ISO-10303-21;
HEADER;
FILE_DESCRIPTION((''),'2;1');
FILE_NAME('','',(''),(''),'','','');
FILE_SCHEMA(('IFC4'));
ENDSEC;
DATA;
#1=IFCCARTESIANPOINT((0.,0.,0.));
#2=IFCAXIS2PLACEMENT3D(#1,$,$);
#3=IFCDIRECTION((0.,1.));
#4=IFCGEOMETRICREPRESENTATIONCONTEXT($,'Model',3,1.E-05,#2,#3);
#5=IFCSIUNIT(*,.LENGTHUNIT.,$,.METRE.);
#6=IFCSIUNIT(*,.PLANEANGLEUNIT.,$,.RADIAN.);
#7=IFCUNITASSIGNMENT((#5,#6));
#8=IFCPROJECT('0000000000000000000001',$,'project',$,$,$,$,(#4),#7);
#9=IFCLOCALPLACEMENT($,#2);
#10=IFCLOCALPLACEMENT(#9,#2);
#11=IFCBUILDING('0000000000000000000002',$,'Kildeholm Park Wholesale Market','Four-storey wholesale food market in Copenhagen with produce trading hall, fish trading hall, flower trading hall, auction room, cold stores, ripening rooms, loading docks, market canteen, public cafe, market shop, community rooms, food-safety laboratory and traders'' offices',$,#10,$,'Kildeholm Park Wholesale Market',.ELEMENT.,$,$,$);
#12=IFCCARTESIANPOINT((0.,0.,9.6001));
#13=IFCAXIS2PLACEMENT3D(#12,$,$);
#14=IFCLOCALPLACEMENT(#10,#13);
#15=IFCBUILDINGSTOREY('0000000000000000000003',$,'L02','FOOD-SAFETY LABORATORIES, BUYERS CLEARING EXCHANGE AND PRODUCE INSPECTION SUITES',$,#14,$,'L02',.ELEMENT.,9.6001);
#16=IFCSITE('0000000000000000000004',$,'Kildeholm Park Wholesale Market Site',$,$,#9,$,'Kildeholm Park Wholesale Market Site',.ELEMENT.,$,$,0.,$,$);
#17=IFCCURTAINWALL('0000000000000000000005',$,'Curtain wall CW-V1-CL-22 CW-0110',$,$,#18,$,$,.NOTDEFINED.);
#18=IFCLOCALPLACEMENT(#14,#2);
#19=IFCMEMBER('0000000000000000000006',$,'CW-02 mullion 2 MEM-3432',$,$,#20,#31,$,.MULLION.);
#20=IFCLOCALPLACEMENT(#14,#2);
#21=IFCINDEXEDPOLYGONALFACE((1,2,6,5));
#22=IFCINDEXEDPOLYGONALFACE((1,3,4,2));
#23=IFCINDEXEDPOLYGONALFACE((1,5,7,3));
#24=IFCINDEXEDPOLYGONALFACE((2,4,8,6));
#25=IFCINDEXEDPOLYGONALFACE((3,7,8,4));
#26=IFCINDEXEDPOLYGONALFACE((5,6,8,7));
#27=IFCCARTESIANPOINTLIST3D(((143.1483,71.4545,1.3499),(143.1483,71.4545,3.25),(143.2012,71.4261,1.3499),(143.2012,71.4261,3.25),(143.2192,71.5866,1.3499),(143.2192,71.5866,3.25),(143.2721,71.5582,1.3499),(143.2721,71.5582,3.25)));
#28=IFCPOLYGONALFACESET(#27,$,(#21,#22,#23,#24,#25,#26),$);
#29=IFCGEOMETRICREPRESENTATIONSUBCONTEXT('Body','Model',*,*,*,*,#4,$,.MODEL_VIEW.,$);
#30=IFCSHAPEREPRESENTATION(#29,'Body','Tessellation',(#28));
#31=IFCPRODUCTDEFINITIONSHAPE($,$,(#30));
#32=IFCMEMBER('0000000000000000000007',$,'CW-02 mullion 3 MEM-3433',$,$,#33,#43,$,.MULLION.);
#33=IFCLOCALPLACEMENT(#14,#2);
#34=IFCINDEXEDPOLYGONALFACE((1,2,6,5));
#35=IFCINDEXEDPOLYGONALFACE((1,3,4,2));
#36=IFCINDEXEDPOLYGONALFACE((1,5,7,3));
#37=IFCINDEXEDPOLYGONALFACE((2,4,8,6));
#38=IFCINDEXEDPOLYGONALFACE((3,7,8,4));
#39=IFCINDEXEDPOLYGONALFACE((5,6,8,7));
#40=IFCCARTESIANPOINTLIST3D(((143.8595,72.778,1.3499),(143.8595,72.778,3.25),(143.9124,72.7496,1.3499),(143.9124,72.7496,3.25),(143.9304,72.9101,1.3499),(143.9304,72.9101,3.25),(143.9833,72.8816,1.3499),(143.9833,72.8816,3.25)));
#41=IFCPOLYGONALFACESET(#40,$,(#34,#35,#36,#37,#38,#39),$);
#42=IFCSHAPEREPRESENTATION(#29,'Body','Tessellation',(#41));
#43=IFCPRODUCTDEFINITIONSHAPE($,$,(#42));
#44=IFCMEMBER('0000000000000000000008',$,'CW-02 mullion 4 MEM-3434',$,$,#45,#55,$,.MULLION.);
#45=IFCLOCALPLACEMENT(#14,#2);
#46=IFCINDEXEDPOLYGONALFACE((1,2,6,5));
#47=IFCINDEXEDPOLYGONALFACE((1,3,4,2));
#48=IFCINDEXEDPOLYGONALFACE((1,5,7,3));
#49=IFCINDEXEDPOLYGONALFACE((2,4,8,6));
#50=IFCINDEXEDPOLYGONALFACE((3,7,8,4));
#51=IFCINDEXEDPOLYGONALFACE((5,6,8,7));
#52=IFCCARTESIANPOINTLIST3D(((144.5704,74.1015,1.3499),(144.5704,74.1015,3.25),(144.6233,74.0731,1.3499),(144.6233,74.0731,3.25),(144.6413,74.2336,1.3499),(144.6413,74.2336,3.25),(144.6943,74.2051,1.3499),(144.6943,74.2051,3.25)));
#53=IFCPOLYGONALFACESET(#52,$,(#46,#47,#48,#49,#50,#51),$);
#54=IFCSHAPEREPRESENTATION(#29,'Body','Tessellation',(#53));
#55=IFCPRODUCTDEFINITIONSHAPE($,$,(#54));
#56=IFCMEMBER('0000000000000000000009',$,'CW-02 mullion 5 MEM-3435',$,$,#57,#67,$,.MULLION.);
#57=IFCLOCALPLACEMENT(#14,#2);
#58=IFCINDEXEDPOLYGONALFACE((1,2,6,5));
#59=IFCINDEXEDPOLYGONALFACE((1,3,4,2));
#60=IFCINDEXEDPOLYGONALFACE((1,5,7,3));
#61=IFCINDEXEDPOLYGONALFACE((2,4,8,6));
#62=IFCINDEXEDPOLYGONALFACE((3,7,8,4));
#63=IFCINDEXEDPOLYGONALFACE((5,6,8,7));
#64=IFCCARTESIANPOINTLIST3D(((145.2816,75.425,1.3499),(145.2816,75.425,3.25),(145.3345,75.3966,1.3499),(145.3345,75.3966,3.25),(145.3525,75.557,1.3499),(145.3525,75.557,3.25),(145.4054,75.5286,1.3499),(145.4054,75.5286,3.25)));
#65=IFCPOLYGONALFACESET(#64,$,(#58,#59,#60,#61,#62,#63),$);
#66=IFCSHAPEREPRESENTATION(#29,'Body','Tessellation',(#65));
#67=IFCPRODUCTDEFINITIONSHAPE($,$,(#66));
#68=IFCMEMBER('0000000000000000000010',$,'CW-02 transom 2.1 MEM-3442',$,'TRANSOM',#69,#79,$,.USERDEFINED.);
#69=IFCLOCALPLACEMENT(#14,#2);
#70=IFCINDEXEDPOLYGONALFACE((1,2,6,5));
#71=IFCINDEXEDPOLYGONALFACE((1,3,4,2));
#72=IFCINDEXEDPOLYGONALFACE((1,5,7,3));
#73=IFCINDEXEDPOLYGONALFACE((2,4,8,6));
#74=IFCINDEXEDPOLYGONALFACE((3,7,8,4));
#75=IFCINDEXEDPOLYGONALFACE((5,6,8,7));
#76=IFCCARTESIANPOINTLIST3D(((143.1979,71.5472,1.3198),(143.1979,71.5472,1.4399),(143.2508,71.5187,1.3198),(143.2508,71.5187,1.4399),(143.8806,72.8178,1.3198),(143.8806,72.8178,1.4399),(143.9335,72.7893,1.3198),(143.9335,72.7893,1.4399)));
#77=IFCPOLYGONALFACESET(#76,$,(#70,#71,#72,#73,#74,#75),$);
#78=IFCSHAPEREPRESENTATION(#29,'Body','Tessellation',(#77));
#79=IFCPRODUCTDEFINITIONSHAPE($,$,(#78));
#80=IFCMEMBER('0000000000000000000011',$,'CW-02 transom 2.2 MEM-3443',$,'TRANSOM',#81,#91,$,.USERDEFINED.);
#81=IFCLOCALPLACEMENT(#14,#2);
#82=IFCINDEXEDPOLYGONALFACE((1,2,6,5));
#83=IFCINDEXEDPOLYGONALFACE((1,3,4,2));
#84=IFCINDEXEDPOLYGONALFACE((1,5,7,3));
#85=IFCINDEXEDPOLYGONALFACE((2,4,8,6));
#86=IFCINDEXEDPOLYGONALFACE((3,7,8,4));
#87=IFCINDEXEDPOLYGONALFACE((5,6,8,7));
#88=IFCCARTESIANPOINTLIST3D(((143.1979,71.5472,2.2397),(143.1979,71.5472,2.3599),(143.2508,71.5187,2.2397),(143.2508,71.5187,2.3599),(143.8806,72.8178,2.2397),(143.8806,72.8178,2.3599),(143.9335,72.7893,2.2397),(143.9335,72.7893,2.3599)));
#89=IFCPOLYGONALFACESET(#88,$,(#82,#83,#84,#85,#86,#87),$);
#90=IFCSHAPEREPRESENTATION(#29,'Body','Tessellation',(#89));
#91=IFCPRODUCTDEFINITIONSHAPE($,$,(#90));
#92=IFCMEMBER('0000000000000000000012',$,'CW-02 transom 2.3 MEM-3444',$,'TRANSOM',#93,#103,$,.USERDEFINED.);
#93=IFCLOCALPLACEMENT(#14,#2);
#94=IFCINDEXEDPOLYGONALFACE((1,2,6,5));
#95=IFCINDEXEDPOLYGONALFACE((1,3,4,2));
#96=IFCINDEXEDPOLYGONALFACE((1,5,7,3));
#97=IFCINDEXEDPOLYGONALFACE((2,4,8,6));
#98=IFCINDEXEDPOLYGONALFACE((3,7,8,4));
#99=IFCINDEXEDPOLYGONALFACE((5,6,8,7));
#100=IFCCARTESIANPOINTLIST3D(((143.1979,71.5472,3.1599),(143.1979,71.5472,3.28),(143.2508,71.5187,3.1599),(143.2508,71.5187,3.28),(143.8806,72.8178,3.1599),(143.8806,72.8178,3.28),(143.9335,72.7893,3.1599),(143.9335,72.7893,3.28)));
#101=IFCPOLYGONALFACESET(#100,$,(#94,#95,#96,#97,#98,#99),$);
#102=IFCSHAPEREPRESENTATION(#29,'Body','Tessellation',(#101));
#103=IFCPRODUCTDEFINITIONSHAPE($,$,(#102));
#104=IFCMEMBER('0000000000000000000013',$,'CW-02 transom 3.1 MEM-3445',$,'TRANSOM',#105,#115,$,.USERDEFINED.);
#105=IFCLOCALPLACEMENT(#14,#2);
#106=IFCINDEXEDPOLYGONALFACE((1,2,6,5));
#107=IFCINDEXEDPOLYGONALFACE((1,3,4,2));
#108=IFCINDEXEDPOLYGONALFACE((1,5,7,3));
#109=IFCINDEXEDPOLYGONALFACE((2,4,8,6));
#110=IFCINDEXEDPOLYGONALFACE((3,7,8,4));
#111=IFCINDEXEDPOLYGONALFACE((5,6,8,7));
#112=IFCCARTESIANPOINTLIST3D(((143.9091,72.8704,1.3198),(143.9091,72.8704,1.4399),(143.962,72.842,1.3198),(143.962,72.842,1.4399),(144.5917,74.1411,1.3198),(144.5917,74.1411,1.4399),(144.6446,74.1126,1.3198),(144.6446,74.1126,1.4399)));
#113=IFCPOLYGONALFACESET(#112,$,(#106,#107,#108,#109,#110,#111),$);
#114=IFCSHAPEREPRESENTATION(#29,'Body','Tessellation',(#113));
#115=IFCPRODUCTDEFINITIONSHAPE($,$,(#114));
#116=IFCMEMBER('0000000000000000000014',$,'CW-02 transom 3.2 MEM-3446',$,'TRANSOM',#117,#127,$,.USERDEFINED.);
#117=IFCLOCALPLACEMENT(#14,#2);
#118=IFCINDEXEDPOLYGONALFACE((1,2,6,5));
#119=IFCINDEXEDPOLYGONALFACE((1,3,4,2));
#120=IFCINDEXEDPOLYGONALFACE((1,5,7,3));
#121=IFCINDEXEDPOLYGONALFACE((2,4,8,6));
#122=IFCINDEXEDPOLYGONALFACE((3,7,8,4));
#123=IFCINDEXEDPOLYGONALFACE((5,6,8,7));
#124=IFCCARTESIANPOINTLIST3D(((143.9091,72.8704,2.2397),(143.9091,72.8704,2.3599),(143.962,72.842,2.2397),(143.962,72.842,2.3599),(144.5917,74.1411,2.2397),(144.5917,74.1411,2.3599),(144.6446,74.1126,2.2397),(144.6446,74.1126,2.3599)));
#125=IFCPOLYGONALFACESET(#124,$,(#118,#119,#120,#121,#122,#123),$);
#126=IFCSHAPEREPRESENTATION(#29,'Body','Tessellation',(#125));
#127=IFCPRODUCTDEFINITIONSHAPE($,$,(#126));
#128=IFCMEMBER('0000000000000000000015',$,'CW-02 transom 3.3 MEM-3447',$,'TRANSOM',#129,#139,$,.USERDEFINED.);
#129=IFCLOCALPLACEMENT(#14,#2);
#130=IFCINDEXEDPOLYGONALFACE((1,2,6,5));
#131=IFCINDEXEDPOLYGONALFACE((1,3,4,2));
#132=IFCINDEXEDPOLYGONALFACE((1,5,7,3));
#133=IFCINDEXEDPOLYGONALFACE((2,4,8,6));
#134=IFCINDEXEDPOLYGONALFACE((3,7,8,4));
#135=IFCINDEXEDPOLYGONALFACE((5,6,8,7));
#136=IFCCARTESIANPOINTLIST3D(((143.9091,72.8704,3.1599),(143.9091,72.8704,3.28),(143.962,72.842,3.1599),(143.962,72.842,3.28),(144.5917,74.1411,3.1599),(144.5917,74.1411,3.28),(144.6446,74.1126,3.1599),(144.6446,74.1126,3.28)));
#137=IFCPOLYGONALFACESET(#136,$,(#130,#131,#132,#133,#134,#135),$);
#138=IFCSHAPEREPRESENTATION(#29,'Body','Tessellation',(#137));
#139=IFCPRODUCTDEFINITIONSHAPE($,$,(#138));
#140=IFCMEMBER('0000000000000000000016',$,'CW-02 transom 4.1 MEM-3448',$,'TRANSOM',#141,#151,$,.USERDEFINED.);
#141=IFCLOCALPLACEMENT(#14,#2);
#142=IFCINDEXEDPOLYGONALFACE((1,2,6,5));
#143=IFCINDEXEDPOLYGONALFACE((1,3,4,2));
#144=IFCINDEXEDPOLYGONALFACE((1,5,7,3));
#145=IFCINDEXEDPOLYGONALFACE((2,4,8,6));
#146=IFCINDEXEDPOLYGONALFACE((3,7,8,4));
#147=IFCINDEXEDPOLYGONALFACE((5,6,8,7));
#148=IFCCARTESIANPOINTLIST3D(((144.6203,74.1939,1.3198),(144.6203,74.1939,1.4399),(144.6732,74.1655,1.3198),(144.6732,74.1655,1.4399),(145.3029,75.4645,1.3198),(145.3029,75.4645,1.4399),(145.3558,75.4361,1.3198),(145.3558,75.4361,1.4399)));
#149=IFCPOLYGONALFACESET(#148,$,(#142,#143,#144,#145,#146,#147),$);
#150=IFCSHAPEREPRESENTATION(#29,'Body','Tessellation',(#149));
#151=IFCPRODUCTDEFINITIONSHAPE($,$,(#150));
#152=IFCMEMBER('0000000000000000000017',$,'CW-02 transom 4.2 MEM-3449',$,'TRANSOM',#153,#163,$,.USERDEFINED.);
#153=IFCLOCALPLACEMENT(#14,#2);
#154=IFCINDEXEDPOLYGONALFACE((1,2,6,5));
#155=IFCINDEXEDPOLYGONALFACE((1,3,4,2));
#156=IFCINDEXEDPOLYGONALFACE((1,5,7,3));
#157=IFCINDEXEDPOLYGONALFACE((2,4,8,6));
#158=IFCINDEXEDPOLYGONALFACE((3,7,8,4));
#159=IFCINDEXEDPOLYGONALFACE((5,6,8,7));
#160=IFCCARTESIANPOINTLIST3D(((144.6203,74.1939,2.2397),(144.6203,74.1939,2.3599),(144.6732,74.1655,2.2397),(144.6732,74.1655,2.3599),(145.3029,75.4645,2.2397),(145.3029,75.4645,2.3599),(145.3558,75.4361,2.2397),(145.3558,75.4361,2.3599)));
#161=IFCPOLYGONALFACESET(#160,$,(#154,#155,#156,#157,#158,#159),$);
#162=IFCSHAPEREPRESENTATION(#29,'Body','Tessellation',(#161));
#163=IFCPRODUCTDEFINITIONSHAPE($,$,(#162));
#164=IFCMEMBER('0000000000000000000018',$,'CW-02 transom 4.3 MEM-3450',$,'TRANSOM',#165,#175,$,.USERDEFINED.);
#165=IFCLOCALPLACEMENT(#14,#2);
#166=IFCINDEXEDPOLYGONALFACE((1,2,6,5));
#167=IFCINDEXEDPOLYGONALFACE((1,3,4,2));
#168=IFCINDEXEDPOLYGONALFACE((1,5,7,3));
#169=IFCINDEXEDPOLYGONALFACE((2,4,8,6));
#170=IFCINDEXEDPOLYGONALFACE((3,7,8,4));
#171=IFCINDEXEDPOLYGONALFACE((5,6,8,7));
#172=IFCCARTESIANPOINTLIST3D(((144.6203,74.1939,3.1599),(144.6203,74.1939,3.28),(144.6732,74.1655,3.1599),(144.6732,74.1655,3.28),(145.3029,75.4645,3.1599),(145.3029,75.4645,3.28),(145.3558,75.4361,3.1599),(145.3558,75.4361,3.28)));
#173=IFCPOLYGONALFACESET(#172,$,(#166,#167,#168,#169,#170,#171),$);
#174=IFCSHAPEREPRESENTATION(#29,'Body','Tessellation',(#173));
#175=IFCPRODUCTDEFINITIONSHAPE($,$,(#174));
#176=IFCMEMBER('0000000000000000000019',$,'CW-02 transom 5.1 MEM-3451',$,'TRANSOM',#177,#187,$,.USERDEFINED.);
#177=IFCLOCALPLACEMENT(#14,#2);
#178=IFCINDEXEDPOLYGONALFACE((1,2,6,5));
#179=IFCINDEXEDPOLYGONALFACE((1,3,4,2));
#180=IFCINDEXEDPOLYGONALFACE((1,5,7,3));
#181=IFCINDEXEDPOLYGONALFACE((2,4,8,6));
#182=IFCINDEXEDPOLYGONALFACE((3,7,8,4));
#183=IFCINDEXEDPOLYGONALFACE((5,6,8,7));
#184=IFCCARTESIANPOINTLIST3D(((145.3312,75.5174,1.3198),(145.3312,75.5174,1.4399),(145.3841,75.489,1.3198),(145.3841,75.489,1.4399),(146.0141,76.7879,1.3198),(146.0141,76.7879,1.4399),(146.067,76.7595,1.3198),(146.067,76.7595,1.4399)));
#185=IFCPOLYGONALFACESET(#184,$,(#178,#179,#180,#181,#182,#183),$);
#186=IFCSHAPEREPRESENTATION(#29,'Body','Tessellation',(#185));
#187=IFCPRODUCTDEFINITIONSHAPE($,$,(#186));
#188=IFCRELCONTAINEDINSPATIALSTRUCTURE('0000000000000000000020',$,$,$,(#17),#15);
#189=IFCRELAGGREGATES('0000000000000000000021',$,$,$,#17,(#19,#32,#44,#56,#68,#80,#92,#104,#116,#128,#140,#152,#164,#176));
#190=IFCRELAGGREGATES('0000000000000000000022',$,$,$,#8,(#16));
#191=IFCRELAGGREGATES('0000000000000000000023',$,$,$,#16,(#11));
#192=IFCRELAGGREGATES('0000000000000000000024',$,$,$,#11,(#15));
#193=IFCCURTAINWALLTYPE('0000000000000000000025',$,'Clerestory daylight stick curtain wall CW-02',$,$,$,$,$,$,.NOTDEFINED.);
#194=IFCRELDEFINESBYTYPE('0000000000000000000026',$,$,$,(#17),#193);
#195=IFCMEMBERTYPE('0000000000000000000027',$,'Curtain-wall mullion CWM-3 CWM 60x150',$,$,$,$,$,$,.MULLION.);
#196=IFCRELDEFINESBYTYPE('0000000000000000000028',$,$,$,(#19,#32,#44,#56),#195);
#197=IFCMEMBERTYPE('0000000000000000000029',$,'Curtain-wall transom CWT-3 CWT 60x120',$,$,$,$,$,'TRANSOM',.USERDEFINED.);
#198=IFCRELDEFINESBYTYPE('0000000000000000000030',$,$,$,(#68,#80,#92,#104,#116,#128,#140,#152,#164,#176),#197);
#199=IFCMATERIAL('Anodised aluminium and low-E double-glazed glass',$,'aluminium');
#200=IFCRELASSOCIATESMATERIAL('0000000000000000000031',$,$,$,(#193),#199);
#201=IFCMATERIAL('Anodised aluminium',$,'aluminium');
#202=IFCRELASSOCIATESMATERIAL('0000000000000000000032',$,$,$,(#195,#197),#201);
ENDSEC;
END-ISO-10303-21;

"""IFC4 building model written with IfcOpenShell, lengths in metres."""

from ifc_helpers import new_model, si_unit, direction, frame, origin, origin_2d, place, context, subcontext, project, spatial, rectangle, extrude, material, material_profile, profile_set, type_object, element, aggregate, save


model = new_model("IFC4")

# Units and contexts
model_context = context("Model", 3, precision=1e-05, world=origin(), true_north=direction((0.0, 1.0)))
body_context = subcontext(model_context, "Body", "Model", "MODEL_VIEW")
ifc_project = project(units=[si_unit("LENGTHUNIT", "METRE"), si_unit("PLANEANGLEUNIT", "RADIAN")], contexts=[model_context])

# Site, building, storey
site_placement = place(None, origin())
site = spatial("IfcSite", under=ifc_project, at=site_placement, Name="Kildeholm Park Wholesale Market Site", LongName="Kildeholm Park Wholesale Market Site", CompositionType="ELEMENT", RefElevation=0.0)
building_placement = place(site_placement, origin())
building = spatial("IfcBuilding", under=site, at=building_placement, Name="Kildeholm Park Wholesale Market", Description="Four-storey wholesale food market in Copenhagen with produce trading hall, fish trading hall, flower trading hall, auction room, cold stores, ripening rooms, loading docks, market canteen, public cafe, market shop, community rooms, food-safety laboratory and traders' offices", LongName="Kildeholm Park Wholesale Market", CompositionType="ELEMENT")
storey_placement = place(building_placement, frame((0.0, 0.0, 9.6001)))
storey = spatial("IfcBuildingStorey", under=building, at=storey_placement, Name="L02", Description="FOOD-SAFETY LABORATORIES, BUYERS CLEARING EXCHANGE AND PRODUCE INSPECTION SUITES", LongName="L02", CompositionType="ELEMENT", Elevation=9.6001)

# Curtain wall, members
ifc_material_1 = material(Name="Anodised aluminium and low-E double-glazed glass", Category="aluminium")
curtain_wall_type = type_object("IfcCurtainWallType", Name="Clerestory daylight stick curtain wall CW-02", PredefinedType="NOTDEFINED", material=ifc_material_1)
curtain_wall_placement = place(storey_placement, origin())
curtain_wall = element("IfcCurtainWall", 1, at=curtain_wall_placement, inside=storey, type_object=curtain_wall_type, Name="Curtain wall CW-V1-CL-22 CW-0110", PredefinedType="NOTDEFINED")
ifc_material_2 = material(Name="Anodised aluminium", Category="aluminium")
ifc_material_profile_1 = material_profile(ifc_material_2, rectangle(XDim=0.0601, YDim=0.1499, at=origin_2d()), Name="CWM 60x150")
ifc_profile_set_1 = profile_set([ifc_material_profile_1], Name="Anodised aluminium")
member_type_1 = type_object("IfcMemberType", Name="Curtain-wall mullion CWM-3 CWM 60x150", PredefinedType="MULLION", material=ifc_profile_set_1)
member_1_placement = place(storey_placement, frame((143.2102, 71.5063, 1.3499), z_axis=(0.0, 0.0, 1.0), x_axis=(-0.88088, 0.47334, 0.0)))
member_1 = element("IfcMember", 2, at=member_1_placement, type_object=member_type_1, Name="CW-02 mullion 2 MEM-3432", PredefinedType="MULLION", context=body_context, shape_type="SweptSolid", body=[
    extrude(rectangle(XDim=0.0601, YDim=0.1499, at=origin_2d()), origin(), (0.0, 0.0, 1.0), 1.9001),
])
member_2_placement = place(storey_placement, frame((143.9214, 72.8298, 1.3499), z_axis=(0.0, 0.0, 1.0), x_axis=(-0.88088, 0.47334, 0.0)))
member_2 = element("IfcMember", 3, at=member_2_placement, type_object=member_type_1, Name="CW-02 mullion 3 MEM-3433", PredefinedType="MULLION", context=body_context, shape_type="SweptSolid", body=[
    extrude(rectangle(XDim=0.0601, YDim=0.1499, at=origin_2d()), origin(), (0.0, 0.0, 1.0), 1.9001),
])
member_3_placement = place(storey_placement, frame((144.6323, 74.1533, 1.3499), z_axis=(0.0, 0.0, 1.0), x_axis=(-0.88088, 0.47334, 0.0)))
member_3 = element("IfcMember", 4, at=member_3_placement, type_object=member_type_1, Name="CW-02 mullion 4 MEM-3434", PredefinedType="MULLION", context=body_context, shape_type="SweptSolid", body=[
    extrude(rectangle(XDim=0.0601, YDim=0.1499, at=origin_2d()), origin(), (0.0, 0.0, 1.0), 1.9001),
])
member_4_placement = place(storey_placement, frame((145.3435, 75.4768, 1.3499), z_axis=(0.0, 0.0, 1.0), x_axis=(-0.88088, 0.47334, 0.0)))
member_4 = element("IfcMember", 5, at=member_4_placement, type_object=member_type_1, Name="CW-02 mullion 5 MEM-3435", PredefinedType="MULLION", context=body_context, shape_type="SweptSolid", body=[
    extrude(rectangle(XDim=0.0601, YDim=0.1499, at=origin_2d()), origin(), (0.0, 0.0, 1.0), 1.9001),
])
ifc_material_profile_2 = material_profile(ifc_material_2, rectangle(XDim=0.0601, YDim=0.1201, at=origin_2d()), Name="CWT 60x120")
ifc_profile_set_2 = profile_set([ifc_material_profile_2], Name="Anodised aluminium")
member_type_2 = type_object("IfcMemberType", Name="Curtain-wall transom CWT-3 CWT 60x120", ElementType="TRANSOM", PredefinedType="USERDEFINED", material=ifc_profile_set_2)
member_5_placement = place(storey_placement, frame((143.2244, 71.533, 1.3799), z_axis=(0.473292, 0.880906, 0.0), x_axis=(-0.880906, 0.473292, 0.0)))
member_5 = element("IfcMember", 6, at=member_5_placement, type_object=member_type_2, Name="CW-02 transom 2.1 MEM-3442", ObjectType="TRANSOM", PredefinedType="USERDEFINED", context=body_context, shape_type="SweptSolid", body=[
    extrude(rectangle(XDim=0.0601, YDim=0.1201, at=origin_2d()), origin(), (0.0, 0.0, 1.0), 1.4424),
])
member_6_placement = place(storey_placement, frame((143.2244, 71.533, 2.2998), z_axis=(0.473292, 0.880906, 0.0), x_axis=(-0.880906, 0.473292, 0.0)))
member_6 = element("IfcMember", 7, at=member_6_placement, type_object=member_type_2, Name="CW-02 transom 2.2 MEM-3443", ObjectType="TRANSOM", PredefinedType="USERDEFINED", context=body_context, shape_type="SweptSolid", body=[
    extrude(rectangle(XDim=0.0601, YDim=0.1201, at=origin_2d()), origin(), (0.0, 0.0, 1.0), 1.4424),
])
member_7_placement = place(storey_placement, frame((143.2244, 71.533, 3.22), z_axis=(0.473292, 0.880906, 0.0), x_axis=(-0.880906, 0.473292, 0.0)))
member_7 = element("IfcMember", 8, at=member_7_placement, type_object=member_type_2, Name="CW-02 transom 2.3 MEM-3444", ObjectType="TRANSOM", PredefinedType="USERDEFINED", context=body_context, shape_type="SweptSolid", body=[
    extrude(rectangle(XDim=0.0601, YDim=0.1201, at=origin_2d()), origin(), (0.0, 0.0, 1.0), 1.4424),
])
member_8_placement = place(storey_placement, frame((143.9355, 72.8562, 1.3799), z_axis=(0.473222, 0.880943, 0.0), x_axis=(-0.880943, 0.473222, 0.0)))
member_8 = element("IfcMember", 9, at=member_8_placement, type_object=member_type_2, Name="CW-02 transom 3.1 MEM-3445", ObjectType="TRANSOM", PredefinedType="USERDEFINED", context=body_context, shape_type="SweptSolid", body=[
    extrude(rectangle(XDim=0.0601, YDim=0.1201, at=origin_2d()), origin(), (0.0, 0.0, 1.0), 1.4424),
])
member_9_placement = place(storey_placement, frame((143.9355, 72.8562, 2.2998), z_axis=(0.473222, 0.880943, 0.0), x_axis=(-0.880943, 0.473222, 0.0)))
member_9 = element("IfcMember", 10, at=member_9_placement, type_object=member_type_2, Name="CW-02 transom 3.2 MEM-3446", ObjectType="TRANSOM", PredefinedType="USERDEFINED", context=body_context, shape_type="SweptSolid", body=[
    extrude(rectangle(XDim=0.0601, YDim=0.1201, at=origin_2d()), origin(), (0.0, 0.0, 1.0), 1.4424),
])
member_10_placement = place(storey_placement, frame((143.9355, 72.8562, 3.22), z_axis=(0.473222, 0.880943, 0.0), x_axis=(-0.880943, 0.473222, 0.0)))
member_10 = element("IfcMember", 11, at=member_10_placement, type_object=member_type_2, Name="CW-02 transom 3.3 MEM-3447", ObjectType="TRANSOM", PredefinedType="USERDEFINED", context=body_context, shape_type="SweptSolid", body=[
    extrude(rectangle(XDim=0.0601, YDim=0.1201, at=origin_2d()), origin(), (0.0, 0.0, 1.0), 1.4424),
])
member_11_placement = place(storey_placement, frame((144.6467, 74.1797, 1.3799), z_axis=(0.473292, 0.880906, 0.0), x_axis=(-0.880906, 0.473292, 0.0)))
member_11 = element("IfcMember", 12, at=member_11_placement, type_object=member_type_2, Name="CW-02 transom 4.1 MEM-3448", ObjectType="TRANSOM", PredefinedType="USERDEFINED", context=body_context, shape_type="SweptSolid", body=[
    extrude(rectangle(XDim=0.0601, YDim=0.1201, at=origin_2d()), origin(), (0.0, 0.0, 1.0), 1.4424),
])
member_12_placement = place(storey_placement, frame((144.6467, 74.1797, 2.2998), z_axis=(0.473292, 0.880906, 0.0), x_axis=(-0.880906, 0.473292, 0.0)))
member_12 = element("IfcMember", 13, at=member_12_placement, type_object=member_type_2, Name="CW-02 transom 4.2 MEM-3449", ObjectType="TRANSOM", PredefinedType="USERDEFINED", context=body_context, shape_type="SweptSolid", body=[
    extrude(rectangle(XDim=0.0601, YDim=0.1201, at=origin_2d()), origin(), (0.0, 0.0, 1.0), 1.4424),
])
member_13_placement = place(storey_placement, frame((144.6467, 74.1797, 3.22), z_axis=(0.473292, 0.880906, 0.0), x_axis=(-0.880906, 0.473292, 0.0)))
member_13 = element("IfcMember", 14, at=member_13_placement, type_object=member_type_2, Name="CW-02 transom 4.3 MEM-3450", ObjectType="TRANSOM", PredefinedType="USERDEFINED", context=body_context, shape_type="SweptSolid", body=[
    extrude(rectangle(XDim=0.0601, YDim=0.1201, at=origin_2d()), origin(), (0.0, 0.0, 1.0), 1.4424),
])
member_14_placement = place(storey_placement, frame((145.3577, 75.5032, 1.3799), z_axis=(0.473423, 0.880835, 0.0), x_axis=(-0.880835, 0.473423, 0.0)))
member_14 = element("IfcMember", 15, at=member_14_placement, type_object=member_type_2, Name="CW-02 transom 5.1 MEM-3451", ObjectType="TRANSOM", PredefinedType="USERDEFINED", context=body_context, shape_type="SweptSolid", body=[
    extrude(rectangle(XDim=0.0601, YDim=0.1201, at=origin_2d()), origin(), (0.0, 0.0, 1.0), 1.4424),
])
aggregate(curtain_wall, [member_1, member_2, member_3, member_4, member_5, member_6, member_7, member_8, member_9, member_10, member_11, member_12, member_13, member_14])

save(model, "model.ifc")
